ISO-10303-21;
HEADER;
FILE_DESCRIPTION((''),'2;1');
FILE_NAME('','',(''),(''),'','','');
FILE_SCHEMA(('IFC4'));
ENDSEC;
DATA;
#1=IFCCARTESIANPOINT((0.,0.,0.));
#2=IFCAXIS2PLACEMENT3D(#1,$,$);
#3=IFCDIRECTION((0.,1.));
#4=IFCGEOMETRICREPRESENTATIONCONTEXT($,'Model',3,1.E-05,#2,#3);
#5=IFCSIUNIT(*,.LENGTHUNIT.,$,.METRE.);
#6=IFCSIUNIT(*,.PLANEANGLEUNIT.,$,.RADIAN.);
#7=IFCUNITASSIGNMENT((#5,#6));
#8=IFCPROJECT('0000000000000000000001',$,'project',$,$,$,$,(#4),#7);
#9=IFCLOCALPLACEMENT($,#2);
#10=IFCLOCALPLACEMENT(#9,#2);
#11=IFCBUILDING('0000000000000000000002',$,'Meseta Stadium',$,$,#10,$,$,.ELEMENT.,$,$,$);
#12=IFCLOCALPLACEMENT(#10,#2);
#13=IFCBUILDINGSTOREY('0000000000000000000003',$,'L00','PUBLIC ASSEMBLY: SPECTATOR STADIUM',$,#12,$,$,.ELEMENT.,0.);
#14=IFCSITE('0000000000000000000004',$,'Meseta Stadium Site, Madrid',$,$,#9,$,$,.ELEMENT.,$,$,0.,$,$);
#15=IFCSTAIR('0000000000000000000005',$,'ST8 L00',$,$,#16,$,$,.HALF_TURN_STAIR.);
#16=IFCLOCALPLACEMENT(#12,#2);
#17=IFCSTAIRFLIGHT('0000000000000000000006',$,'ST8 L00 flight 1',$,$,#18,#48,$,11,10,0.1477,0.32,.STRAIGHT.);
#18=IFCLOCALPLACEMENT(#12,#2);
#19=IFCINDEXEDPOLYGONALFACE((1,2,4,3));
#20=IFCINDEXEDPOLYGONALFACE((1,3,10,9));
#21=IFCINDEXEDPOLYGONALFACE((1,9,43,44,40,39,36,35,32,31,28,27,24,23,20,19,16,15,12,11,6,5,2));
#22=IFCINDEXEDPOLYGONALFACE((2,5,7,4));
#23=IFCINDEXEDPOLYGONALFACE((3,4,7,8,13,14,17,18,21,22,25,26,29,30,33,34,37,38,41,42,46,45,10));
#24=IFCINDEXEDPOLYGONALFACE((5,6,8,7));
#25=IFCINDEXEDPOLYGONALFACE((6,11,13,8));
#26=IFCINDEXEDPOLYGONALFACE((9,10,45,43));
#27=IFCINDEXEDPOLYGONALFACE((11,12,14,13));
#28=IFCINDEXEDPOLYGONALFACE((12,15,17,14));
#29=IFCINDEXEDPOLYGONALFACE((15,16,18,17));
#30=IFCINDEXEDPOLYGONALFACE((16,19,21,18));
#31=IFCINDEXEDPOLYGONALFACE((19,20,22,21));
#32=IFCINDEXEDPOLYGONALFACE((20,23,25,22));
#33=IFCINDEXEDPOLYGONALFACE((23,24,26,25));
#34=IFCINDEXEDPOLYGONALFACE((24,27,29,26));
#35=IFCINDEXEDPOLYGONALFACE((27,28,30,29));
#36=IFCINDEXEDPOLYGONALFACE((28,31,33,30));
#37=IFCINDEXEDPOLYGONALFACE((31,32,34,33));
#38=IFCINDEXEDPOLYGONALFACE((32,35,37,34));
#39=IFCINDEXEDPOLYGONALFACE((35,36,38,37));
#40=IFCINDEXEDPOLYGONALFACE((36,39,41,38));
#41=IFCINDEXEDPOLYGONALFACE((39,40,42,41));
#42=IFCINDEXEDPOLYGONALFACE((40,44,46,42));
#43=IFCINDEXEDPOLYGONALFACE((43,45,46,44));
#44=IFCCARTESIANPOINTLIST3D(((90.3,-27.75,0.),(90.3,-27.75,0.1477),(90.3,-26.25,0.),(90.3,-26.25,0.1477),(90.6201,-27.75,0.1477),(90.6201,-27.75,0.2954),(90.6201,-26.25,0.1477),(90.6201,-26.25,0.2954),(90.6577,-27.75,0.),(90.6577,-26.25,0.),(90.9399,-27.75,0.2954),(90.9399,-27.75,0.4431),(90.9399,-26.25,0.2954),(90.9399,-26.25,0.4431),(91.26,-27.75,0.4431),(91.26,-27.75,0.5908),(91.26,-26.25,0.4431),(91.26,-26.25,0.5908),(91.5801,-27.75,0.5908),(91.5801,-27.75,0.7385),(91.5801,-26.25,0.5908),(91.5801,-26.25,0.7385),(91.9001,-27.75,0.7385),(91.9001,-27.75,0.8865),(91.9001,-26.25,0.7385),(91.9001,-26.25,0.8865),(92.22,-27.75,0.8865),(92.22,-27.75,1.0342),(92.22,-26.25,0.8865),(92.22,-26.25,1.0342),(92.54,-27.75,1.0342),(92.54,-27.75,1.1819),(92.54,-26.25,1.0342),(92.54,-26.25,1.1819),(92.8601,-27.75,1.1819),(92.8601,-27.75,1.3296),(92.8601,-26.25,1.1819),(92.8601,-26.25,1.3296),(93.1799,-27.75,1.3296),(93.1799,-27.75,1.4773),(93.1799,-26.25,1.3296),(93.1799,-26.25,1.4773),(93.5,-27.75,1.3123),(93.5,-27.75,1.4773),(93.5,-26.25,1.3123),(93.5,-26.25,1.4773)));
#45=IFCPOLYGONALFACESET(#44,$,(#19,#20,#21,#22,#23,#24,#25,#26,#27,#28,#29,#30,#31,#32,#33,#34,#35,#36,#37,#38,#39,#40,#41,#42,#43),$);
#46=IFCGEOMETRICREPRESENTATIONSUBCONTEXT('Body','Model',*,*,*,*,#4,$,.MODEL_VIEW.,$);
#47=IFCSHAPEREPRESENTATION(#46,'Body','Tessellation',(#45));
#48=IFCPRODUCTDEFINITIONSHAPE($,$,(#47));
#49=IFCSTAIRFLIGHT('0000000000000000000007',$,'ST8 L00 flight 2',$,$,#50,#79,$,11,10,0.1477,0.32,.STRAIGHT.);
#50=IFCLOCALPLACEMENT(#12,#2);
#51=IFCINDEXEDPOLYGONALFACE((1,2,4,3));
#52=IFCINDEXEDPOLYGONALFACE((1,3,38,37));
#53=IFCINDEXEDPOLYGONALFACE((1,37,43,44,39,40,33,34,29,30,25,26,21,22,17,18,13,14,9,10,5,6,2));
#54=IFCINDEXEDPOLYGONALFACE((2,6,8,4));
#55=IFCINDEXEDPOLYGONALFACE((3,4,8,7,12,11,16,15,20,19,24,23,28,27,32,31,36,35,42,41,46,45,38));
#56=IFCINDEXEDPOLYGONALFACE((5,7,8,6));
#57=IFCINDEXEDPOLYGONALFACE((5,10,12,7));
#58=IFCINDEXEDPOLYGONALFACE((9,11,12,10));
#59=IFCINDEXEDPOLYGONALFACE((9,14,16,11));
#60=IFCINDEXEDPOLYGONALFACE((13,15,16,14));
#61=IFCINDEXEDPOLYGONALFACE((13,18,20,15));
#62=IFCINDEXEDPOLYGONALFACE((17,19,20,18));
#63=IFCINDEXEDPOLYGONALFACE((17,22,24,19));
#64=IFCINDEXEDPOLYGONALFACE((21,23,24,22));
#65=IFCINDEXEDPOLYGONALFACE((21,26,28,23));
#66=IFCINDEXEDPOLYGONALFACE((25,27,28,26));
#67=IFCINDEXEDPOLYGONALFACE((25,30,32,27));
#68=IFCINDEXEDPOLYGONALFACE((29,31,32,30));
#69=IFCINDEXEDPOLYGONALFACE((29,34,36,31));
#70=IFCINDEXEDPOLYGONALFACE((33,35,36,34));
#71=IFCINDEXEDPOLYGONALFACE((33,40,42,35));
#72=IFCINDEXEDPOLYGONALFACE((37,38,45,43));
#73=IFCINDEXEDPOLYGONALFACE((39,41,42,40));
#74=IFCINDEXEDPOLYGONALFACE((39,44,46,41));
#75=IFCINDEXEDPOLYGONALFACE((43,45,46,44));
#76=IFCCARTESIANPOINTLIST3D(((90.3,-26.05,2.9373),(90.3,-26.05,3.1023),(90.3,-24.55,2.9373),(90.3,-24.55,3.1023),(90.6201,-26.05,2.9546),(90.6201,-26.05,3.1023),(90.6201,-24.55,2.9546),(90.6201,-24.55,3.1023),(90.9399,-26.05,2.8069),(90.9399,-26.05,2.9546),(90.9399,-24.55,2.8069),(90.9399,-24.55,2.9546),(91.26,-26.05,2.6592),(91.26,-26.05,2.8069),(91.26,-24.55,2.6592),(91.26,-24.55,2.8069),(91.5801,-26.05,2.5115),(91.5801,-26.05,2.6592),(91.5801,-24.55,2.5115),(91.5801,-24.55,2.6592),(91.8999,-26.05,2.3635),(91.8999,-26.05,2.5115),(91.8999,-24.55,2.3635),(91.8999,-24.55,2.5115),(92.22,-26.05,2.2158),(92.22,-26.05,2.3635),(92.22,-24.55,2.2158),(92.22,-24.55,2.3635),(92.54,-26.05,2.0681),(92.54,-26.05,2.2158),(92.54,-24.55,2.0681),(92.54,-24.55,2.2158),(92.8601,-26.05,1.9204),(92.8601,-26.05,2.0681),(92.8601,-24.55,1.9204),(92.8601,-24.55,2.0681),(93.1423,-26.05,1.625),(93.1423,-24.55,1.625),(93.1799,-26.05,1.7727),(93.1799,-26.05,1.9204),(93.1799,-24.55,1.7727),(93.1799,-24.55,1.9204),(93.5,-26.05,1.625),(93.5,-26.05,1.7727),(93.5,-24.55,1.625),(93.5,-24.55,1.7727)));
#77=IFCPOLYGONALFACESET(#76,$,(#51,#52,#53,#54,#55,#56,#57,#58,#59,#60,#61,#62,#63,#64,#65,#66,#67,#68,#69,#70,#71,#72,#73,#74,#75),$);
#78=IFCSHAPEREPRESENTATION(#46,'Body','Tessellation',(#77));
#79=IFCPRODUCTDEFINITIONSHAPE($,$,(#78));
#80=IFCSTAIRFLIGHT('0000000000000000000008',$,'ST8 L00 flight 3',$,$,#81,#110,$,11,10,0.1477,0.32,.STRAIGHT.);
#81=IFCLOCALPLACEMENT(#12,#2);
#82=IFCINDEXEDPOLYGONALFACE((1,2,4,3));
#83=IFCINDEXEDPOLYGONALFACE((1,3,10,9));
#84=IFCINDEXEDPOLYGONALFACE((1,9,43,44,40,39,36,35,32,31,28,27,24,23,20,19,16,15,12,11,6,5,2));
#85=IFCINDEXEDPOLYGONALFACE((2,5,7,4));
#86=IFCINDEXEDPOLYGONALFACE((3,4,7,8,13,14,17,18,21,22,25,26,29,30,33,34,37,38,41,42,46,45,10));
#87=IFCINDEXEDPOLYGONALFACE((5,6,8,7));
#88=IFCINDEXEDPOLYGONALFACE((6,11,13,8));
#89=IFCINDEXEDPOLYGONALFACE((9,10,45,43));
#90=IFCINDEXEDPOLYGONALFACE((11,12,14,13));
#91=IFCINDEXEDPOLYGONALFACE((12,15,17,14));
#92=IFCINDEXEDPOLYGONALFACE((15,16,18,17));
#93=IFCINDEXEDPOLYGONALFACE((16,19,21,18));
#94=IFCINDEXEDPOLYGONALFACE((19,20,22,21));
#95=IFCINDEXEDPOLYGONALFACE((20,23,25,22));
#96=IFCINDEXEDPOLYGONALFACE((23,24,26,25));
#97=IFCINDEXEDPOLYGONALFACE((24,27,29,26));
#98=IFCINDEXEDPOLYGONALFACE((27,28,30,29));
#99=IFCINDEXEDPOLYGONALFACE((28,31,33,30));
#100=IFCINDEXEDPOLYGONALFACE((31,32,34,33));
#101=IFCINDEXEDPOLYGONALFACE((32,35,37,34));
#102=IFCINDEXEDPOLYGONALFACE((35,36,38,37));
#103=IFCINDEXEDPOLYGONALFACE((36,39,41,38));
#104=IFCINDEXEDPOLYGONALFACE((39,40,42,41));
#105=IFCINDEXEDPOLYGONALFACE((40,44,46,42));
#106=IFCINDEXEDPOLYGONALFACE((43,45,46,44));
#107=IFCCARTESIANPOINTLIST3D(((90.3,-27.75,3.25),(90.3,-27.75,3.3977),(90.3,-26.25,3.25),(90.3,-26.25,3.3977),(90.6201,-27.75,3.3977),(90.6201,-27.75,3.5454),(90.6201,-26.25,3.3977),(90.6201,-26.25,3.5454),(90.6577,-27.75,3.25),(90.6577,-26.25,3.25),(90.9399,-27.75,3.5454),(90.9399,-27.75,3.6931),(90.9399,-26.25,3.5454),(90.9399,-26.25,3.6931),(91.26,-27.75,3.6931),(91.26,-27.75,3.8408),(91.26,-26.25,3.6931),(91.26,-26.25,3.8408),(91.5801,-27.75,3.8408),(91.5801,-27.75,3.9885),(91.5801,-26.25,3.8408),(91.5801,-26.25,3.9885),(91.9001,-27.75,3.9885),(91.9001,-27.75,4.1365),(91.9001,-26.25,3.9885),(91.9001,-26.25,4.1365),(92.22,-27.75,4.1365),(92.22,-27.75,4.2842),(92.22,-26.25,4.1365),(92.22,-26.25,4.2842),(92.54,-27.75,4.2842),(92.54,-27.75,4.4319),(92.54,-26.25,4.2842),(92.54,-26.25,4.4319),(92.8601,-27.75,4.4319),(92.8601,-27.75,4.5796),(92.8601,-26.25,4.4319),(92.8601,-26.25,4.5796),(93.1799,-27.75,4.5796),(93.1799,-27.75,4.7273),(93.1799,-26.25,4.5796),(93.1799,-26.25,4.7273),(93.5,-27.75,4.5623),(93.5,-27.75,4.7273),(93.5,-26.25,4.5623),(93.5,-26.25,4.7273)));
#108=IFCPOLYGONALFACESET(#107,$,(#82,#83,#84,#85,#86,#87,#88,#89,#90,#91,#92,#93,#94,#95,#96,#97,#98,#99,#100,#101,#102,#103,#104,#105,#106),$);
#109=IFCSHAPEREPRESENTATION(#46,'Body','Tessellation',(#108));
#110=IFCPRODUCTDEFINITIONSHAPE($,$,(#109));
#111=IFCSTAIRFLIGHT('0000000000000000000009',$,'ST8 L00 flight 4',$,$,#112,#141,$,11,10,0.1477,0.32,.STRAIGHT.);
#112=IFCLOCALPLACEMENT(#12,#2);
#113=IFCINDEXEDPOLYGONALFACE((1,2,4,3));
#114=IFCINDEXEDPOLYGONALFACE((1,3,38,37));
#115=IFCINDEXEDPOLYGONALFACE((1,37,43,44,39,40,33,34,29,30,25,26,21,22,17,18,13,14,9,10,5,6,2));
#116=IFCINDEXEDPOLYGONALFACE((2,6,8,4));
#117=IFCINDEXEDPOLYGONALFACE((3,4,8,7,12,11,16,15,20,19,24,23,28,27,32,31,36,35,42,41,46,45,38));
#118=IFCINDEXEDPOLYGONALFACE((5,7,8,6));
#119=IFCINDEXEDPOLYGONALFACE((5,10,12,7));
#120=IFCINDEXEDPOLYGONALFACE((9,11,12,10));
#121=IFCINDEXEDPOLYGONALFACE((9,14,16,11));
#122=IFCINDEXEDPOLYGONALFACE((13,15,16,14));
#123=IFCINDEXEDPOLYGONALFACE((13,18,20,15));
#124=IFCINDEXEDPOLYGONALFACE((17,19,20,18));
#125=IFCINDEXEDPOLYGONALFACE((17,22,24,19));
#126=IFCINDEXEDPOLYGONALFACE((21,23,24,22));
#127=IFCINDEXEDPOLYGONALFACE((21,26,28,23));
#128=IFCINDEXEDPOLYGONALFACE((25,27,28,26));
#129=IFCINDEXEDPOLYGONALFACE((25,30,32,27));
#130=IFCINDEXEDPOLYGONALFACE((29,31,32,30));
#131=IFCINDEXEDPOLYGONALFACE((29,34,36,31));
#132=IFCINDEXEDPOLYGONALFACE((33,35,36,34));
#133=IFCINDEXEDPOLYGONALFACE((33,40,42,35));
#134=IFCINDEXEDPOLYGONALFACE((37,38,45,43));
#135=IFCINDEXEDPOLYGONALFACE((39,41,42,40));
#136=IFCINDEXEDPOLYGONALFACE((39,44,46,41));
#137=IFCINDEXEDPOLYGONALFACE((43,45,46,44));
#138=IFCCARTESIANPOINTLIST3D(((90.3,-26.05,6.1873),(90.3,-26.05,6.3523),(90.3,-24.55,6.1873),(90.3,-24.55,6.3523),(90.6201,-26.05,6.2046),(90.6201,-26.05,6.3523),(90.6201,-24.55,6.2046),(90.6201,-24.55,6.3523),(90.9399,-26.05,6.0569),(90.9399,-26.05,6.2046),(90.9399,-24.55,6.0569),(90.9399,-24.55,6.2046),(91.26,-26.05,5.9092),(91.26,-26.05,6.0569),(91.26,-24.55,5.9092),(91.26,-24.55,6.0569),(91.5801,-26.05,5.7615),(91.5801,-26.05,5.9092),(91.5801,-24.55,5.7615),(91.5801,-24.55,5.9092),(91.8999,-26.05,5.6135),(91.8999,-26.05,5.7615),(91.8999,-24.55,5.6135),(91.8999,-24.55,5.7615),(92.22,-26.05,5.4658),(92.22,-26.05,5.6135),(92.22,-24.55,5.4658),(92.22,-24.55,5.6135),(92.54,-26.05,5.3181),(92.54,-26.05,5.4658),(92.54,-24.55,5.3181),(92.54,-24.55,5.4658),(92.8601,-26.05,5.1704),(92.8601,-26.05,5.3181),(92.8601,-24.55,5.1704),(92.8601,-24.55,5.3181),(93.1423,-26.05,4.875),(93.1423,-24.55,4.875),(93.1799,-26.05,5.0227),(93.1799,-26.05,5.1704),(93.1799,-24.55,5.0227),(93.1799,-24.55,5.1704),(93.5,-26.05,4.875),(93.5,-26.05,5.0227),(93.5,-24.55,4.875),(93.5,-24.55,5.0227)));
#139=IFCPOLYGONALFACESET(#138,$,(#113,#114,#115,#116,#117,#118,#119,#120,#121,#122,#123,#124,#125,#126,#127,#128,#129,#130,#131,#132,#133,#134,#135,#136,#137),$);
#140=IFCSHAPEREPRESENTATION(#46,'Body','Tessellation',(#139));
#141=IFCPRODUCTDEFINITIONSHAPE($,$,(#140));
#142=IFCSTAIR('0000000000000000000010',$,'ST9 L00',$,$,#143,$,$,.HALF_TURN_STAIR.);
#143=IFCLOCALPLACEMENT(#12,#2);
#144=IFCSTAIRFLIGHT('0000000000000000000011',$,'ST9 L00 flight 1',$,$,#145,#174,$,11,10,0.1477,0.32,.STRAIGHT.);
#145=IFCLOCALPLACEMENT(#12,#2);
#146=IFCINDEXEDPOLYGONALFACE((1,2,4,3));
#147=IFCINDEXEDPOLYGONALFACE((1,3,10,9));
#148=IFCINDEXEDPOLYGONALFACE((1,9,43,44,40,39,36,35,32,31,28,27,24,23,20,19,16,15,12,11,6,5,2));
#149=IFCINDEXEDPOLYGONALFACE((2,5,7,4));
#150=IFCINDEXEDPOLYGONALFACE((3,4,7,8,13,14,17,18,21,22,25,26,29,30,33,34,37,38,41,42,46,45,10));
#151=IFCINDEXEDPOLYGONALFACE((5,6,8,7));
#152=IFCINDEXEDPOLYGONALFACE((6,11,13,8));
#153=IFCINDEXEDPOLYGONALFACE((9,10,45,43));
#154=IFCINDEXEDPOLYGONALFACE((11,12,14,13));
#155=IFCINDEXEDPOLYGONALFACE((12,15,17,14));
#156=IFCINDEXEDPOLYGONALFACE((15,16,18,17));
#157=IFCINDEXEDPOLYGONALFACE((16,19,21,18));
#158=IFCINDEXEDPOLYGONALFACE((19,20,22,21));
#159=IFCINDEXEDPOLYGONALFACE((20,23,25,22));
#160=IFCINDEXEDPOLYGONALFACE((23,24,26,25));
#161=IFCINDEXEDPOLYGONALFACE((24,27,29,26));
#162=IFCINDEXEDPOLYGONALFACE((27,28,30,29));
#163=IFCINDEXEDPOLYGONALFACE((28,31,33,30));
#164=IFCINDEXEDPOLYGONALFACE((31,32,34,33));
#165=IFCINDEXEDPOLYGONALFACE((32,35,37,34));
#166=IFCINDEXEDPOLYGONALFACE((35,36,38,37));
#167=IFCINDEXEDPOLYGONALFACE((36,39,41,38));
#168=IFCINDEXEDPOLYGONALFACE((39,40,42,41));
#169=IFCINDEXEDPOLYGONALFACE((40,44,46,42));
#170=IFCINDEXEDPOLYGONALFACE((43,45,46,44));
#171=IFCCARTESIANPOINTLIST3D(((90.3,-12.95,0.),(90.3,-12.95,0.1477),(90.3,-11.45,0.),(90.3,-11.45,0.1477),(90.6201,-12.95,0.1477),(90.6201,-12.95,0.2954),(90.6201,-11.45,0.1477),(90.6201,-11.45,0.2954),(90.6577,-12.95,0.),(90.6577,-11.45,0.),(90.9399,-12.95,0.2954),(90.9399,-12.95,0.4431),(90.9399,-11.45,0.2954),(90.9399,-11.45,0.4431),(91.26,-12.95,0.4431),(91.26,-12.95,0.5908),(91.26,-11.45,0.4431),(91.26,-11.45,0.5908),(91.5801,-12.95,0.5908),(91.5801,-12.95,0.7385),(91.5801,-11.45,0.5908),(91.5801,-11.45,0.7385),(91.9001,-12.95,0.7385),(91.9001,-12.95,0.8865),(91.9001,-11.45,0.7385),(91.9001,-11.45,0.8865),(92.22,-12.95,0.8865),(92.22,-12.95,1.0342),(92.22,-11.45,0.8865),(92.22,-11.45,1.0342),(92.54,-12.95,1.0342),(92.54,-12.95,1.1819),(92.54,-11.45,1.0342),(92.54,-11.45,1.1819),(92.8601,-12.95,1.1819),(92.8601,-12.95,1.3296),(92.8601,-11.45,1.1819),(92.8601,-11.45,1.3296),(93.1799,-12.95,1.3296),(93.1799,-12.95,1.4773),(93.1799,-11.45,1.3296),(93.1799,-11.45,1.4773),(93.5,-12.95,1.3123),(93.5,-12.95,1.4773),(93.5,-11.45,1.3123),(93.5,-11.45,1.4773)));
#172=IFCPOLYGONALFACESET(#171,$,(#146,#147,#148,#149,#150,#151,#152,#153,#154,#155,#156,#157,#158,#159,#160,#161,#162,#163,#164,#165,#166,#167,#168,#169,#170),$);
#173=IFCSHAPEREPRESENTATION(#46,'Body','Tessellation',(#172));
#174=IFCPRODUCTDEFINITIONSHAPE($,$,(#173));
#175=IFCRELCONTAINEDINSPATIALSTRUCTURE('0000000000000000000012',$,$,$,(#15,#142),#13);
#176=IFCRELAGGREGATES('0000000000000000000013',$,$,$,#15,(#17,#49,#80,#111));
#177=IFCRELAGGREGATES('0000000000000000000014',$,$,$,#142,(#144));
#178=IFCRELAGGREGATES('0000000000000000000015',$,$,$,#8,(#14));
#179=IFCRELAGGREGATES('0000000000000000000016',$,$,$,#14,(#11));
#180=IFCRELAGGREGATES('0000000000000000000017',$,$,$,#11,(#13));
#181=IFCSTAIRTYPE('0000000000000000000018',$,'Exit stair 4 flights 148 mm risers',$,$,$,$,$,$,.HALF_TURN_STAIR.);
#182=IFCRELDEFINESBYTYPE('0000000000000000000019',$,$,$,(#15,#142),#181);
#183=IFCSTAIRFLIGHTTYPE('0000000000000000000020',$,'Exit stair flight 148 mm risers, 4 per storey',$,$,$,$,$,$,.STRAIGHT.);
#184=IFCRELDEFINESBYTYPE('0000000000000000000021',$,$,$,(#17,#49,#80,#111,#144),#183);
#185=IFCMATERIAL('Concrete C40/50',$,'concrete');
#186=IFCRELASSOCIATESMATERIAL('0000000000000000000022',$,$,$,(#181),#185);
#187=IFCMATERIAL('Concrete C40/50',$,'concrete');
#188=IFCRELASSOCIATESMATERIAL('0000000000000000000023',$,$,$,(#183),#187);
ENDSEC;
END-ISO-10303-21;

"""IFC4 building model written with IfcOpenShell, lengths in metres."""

from ifc_helpers import new_model, si_unit, direction, frame, origin, place, context, subcontext, project, spatial, polyline, outline, extrude, material, type_object, element, aggregate, save


model = new_model("IFC4")

# Units and contexts
model_context = context("Model", 3, precision=1e-05, world=origin(), true_north=direction((0.0, 1.0)))
body_context = subcontext(model_context, "Body", "Model", "MODEL_VIEW")
ifc_project = project(units=[si_unit("LENGTHUNIT", "METRE"), si_unit("PLANEANGLEUNIT", "RADIAN")], contexts=[model_context])

# Site, building, storey
site_placement = place(None, origin())
site = spatial("IfcSite", under=ifc_project, at=site_placement, Name="Meseta Stadium Site, Madrid", CompositionType="ELEMENT", RefElevation=0.0)
building_placement = place(site_placement, origin())
building = spatial("IfcBuilding", under=site, at=building_placement, Name="Meseta Stadium", CompositionType="ELEMENT")
storey_placement = place(building_placement, origin())
storey = spatial("IfcBuildingStorey", under=building, at=storey_placement, Name="L00", Description="PUBLIC ASSEMBLY: SPECTATOR STADIUM", CompositionType="ELEMENT", Elevation=0.0)

# Stair, stair flights
ifc_material_1 = material(Name="Concrete C40/50", Category="concrete")
stair_type = type_object("IfcStairType", Name="Exit stair 4 flights 148 mm risers", PredefinedType="HALF_TURN_STAIR", material=ifc_material_1)
ifc_material_2 = material(Name="Concrete C40/50", Category="concrete")
stair_flight_type = type_object("IfcStairFlightType", Name="Exit stair flight 148 mm risers, 4 per storey", PredefinedType="STRAIGHT", material=ifc_material_2)
stair_1_placement = place(storey_placement, origin())
stair_1 = element("IfcStair", 1, at=stair_1_placement, inside=storey, type_object=stair_type, Name="ST8 L00", PredefinedType="HALF_TURN_STAIR")
stair_flight_1_placement = place(storey_placement, frame((90.3, -27.0, 0.0), z_axis=(0.0, 0.0, 1.0), x_axis=(1.0, 0.0, 0.0)))
stair_flight_1 = element("IfcStairFlight", 2, at=stair_flight_1_placement, type_object=stair_flight_type, Name="ST8 L00 flight 1", NumberOfRisers=11, NumberOfTreads=10, PredefinedType="STRAIGHT", RiserHeight=0.1477, TreadLength=0.32, context=body_context, shape_type="SweptSolid", body=[
    extrude(outline(polyline([(0.0, 0.0), (0.0, 0.1477), (0.3201, 0.1477), (0.3201, 0.2954), (0.6399, 0.2954), (0.6399, 0.4431), (0.96, 0.4431), (0.96, 0.5908), (1.28, 0.5908), (1.28, 0.7385), (1.6001, 0.7385), (1.6001, 0.8865), (1.9199, 0.8865), (1.9199, 1.0342), (2.24, 1.0342), (2.24, 1.1819), (2.5601, 1.1819), (2.5601, 1.3296), (2.8799, 1.3296), (2.8799, 1.4773), (3.2, 1.4773), (3.2, 1.3123), (0.3577, 0.0), (0.0, 0.0)])), frame((0.0, 0.75, 0.0), z_axis=(0.0, -1.0, 0.0), x_axis=(1.0, 0.0, 0.0)), (0.0, 0.0, 1.0), 1.5),
])
stair_flight_2_placement = place(storey_placement, frame((93.5, -25.3, 1.625), z_axis=(0.0, 0.0, 1.0), x_axis=(-1.0, 0.0, 0.0)))
stair_flight_2 = element("IfcStairFlight", 3, at=stair_flight_2_placement, type_object=stair_flight_type, Name="ST8 L00 flight 2", NumberOfRisers=11, NumberOfTreads=10, PredefinedType="STRAIGHT", RiserHeight=0.1477, TreadLength=0.32, context=body_context, shape_type="SweptSolid", body=[
    extrude(outline(polyline([(0.0, 0.0), (0.0, 0.1477), (0.3201, 0.1477), (0.3201, 0.2954), (0.6399, 0.2954), (0.6399, 0.4431), (0.96, 0.4431), (0.96, 0.5908), (1.28, 0.5908), (1.28, 0.7385), (1.6001, 0.7385), (1.6001, 0.8865), (1.9199, 0.8865), (1.9199, 1.0342), (2.24, 1.0342), (2.24, 1.1819), (2.5601, 1.1819), (2.5601, 1.3296), (2.8799, 1.3296), (2.8799, 1.4773), (3.2, 1.4773), (3.2, 1.3123), (0.3577, 0.0), (0.0, 0.0)])), frame((0.0, 0.75, 0.0), z_axis=(0.0, -1.0, 0.0), x_axis=(1.0, 0.0, 0.0)), (0.0, 0.0, 1.0), 1.5),
])
stair_flight_3_placement = place(storey_placement, frame((90.3, -27.0, 3.25), z_axis=(0.0, 0.0, 1.0), x_axis=(1.0, 0.0, 0.0)))
stair_flight_3 = element("IfcStairFlight", 4, at=stair_flight_3_placement, type_object=stair_flight_type, Name="ST8 L00 flight 3", NumberOfRisers=11, NumberOfTreads=10, PredefinedType="STRAIGHT", RiserHeight=0.1477, TreadLength=0.32, context=body_context, shape_type="SweptSolid", body=[
    extrude(outline(polyline([(0.0, 0.0), (0.0, 0.1477), (0.3201, 0.1477), (0.3201, 0.2954), (0.6399, 0.2954), (0.6399, 0.4431), (0.96, 0.4431), (0.96, 0.5908), (1.28, 0.5908), (1.28, 0.7385), (1.6001, 0.7385), (1.6001, 0.8865), (1.9199, 0.8865), (1.9199, 1.0342), (2.24, 1.0342), (2.24, 1.1819), (2.5601, 1.1819), (2.5601, 1.3296), (2.8799, 1.3296), (2.8799, 1.4773), (3.2, 1.4773), (3.2, 1.3123), (0.3577, 0.0), (0.0, 0.0)])), frame((0.0, 0.75, 0.0), z_axis=(0.0, -1.0, 0.0), x_axis=(1.0, 0.0, 0.0)), (0.0, 0.0, 1.0), 1.5),
])
stair_flight_4_placement = place(storey_placement, frame((93.5, -25.3, 4.875), z_axis=(0.0, 0.0, 1.0), x_axis=(-1.0, 0.0, 0.0)))
stair_flight_4 = element("IfcStairFlight", 5, at=stair_flight_4_placement, type_object=stair_flight_type, Name="ST8 L00 flight 4", NumberOfRisers=11, NumberOfTreads=10, PredefinedType="STRAIGHT", RiserHeight=0.1477, TreadLength=0.32, context=body_context, shape_type="SweptSolid", body=[
    extrude(outline(polyline([(0.0, 0.0), (0.0, 0.1477), (0.3201, 0.1477), (0.3201, 0.2954), (0.6399, 0.2954), (0.6399, 0.4431), (0.96, 0.4431), (0.96, 0.5908), (1.28, 0.5908), (1.28, 0.7385), (1.6001, 0.7385), (1.6001, 0.8865), (1.9199, 0.8865), (1.9199, 1.0342), (2.24, 1.0342), (2.24, 1.1819), (2.5601, 1.1819), (2.5601, 1.3296), (2.8799, 1.3296), (2.8799, 1.4773), (3.2, 1.4773), (3.2, 1.3123), (0.3577, 0.0), (0.0, 0.0)])), frame((0.0, 0.75, 0.0), z_axis=(0.0, -1.0, 0.0), x_axis=(1.0, 0.0, 0.0)), (0.0, 0.0, 1.0), 1.5),
])
aggregate(stair_1, [stair_flight_1, stair_flight_2, stair_flight_3, stair_flight_4])

# Stair, stair flight
stair_2_placement = place(storey_placement, origin())
stair_2 = element("IfcStair", 6, at=stair_2_placement, inside=storey, type_object=stair_type, Name="ST9 L00", PredefinedType="HALF_TURN_STAIR")
stair_flight_5_placement = place(storey_placement, frame((90.3, -12.2, 0.0), z_axis=(0.0, 0.0, 1.0), x_axis=(1.0, 0.0, 0.0)))
stair_flight_5 = element("IfcStairFlight", 7, at=stair_flight_5_placement, type_object=stair_flight_type, Name="ST9 L00 flight 1", NumberOfRisers=11, NumberOfTreads=10, PredefinedType="STRAIGHT", RiserHeight=0.1477, TreadLength=0.32, context=body_context, shape_type="SweptSolid", body=[
    extrude(outline(polyline([(0.0, 0.0), (0.0, 0.1477), (0.3201, 0.1477), (0.3201, 0.2954), (0.6399, 0.2954), (0.6399, 0.4431), (0.96, 0.4431), (0.96, 0.5908), (1.28, 0.5908), (1.28, 0.7385), (1.6001, 0.7385), (1.6001, 0.8865), (1.9199, 0.8865), (1.9199, 1.0342), (2.24, 1.0342), (2.24, 1.1819), (2.5601, 1.1819), (2.5601, 1.3296), (2.8799, 1.3296), (2.8799, 1.4773), (3.2, 1.4773), (3.2, 1.3123), (0.3577, 0.0), (0.0, 0.0)])), frame((0.0, 0.75, 0.0), z_axis=(0.0, -1.0, 0.0), x_axis=(1.0, 0.0, 0.0)), (0.0, 0.0, 1.0), 1.5),
])
aggregate(stair_2, [stair_flight_5])

save(model, "model.ifc")
